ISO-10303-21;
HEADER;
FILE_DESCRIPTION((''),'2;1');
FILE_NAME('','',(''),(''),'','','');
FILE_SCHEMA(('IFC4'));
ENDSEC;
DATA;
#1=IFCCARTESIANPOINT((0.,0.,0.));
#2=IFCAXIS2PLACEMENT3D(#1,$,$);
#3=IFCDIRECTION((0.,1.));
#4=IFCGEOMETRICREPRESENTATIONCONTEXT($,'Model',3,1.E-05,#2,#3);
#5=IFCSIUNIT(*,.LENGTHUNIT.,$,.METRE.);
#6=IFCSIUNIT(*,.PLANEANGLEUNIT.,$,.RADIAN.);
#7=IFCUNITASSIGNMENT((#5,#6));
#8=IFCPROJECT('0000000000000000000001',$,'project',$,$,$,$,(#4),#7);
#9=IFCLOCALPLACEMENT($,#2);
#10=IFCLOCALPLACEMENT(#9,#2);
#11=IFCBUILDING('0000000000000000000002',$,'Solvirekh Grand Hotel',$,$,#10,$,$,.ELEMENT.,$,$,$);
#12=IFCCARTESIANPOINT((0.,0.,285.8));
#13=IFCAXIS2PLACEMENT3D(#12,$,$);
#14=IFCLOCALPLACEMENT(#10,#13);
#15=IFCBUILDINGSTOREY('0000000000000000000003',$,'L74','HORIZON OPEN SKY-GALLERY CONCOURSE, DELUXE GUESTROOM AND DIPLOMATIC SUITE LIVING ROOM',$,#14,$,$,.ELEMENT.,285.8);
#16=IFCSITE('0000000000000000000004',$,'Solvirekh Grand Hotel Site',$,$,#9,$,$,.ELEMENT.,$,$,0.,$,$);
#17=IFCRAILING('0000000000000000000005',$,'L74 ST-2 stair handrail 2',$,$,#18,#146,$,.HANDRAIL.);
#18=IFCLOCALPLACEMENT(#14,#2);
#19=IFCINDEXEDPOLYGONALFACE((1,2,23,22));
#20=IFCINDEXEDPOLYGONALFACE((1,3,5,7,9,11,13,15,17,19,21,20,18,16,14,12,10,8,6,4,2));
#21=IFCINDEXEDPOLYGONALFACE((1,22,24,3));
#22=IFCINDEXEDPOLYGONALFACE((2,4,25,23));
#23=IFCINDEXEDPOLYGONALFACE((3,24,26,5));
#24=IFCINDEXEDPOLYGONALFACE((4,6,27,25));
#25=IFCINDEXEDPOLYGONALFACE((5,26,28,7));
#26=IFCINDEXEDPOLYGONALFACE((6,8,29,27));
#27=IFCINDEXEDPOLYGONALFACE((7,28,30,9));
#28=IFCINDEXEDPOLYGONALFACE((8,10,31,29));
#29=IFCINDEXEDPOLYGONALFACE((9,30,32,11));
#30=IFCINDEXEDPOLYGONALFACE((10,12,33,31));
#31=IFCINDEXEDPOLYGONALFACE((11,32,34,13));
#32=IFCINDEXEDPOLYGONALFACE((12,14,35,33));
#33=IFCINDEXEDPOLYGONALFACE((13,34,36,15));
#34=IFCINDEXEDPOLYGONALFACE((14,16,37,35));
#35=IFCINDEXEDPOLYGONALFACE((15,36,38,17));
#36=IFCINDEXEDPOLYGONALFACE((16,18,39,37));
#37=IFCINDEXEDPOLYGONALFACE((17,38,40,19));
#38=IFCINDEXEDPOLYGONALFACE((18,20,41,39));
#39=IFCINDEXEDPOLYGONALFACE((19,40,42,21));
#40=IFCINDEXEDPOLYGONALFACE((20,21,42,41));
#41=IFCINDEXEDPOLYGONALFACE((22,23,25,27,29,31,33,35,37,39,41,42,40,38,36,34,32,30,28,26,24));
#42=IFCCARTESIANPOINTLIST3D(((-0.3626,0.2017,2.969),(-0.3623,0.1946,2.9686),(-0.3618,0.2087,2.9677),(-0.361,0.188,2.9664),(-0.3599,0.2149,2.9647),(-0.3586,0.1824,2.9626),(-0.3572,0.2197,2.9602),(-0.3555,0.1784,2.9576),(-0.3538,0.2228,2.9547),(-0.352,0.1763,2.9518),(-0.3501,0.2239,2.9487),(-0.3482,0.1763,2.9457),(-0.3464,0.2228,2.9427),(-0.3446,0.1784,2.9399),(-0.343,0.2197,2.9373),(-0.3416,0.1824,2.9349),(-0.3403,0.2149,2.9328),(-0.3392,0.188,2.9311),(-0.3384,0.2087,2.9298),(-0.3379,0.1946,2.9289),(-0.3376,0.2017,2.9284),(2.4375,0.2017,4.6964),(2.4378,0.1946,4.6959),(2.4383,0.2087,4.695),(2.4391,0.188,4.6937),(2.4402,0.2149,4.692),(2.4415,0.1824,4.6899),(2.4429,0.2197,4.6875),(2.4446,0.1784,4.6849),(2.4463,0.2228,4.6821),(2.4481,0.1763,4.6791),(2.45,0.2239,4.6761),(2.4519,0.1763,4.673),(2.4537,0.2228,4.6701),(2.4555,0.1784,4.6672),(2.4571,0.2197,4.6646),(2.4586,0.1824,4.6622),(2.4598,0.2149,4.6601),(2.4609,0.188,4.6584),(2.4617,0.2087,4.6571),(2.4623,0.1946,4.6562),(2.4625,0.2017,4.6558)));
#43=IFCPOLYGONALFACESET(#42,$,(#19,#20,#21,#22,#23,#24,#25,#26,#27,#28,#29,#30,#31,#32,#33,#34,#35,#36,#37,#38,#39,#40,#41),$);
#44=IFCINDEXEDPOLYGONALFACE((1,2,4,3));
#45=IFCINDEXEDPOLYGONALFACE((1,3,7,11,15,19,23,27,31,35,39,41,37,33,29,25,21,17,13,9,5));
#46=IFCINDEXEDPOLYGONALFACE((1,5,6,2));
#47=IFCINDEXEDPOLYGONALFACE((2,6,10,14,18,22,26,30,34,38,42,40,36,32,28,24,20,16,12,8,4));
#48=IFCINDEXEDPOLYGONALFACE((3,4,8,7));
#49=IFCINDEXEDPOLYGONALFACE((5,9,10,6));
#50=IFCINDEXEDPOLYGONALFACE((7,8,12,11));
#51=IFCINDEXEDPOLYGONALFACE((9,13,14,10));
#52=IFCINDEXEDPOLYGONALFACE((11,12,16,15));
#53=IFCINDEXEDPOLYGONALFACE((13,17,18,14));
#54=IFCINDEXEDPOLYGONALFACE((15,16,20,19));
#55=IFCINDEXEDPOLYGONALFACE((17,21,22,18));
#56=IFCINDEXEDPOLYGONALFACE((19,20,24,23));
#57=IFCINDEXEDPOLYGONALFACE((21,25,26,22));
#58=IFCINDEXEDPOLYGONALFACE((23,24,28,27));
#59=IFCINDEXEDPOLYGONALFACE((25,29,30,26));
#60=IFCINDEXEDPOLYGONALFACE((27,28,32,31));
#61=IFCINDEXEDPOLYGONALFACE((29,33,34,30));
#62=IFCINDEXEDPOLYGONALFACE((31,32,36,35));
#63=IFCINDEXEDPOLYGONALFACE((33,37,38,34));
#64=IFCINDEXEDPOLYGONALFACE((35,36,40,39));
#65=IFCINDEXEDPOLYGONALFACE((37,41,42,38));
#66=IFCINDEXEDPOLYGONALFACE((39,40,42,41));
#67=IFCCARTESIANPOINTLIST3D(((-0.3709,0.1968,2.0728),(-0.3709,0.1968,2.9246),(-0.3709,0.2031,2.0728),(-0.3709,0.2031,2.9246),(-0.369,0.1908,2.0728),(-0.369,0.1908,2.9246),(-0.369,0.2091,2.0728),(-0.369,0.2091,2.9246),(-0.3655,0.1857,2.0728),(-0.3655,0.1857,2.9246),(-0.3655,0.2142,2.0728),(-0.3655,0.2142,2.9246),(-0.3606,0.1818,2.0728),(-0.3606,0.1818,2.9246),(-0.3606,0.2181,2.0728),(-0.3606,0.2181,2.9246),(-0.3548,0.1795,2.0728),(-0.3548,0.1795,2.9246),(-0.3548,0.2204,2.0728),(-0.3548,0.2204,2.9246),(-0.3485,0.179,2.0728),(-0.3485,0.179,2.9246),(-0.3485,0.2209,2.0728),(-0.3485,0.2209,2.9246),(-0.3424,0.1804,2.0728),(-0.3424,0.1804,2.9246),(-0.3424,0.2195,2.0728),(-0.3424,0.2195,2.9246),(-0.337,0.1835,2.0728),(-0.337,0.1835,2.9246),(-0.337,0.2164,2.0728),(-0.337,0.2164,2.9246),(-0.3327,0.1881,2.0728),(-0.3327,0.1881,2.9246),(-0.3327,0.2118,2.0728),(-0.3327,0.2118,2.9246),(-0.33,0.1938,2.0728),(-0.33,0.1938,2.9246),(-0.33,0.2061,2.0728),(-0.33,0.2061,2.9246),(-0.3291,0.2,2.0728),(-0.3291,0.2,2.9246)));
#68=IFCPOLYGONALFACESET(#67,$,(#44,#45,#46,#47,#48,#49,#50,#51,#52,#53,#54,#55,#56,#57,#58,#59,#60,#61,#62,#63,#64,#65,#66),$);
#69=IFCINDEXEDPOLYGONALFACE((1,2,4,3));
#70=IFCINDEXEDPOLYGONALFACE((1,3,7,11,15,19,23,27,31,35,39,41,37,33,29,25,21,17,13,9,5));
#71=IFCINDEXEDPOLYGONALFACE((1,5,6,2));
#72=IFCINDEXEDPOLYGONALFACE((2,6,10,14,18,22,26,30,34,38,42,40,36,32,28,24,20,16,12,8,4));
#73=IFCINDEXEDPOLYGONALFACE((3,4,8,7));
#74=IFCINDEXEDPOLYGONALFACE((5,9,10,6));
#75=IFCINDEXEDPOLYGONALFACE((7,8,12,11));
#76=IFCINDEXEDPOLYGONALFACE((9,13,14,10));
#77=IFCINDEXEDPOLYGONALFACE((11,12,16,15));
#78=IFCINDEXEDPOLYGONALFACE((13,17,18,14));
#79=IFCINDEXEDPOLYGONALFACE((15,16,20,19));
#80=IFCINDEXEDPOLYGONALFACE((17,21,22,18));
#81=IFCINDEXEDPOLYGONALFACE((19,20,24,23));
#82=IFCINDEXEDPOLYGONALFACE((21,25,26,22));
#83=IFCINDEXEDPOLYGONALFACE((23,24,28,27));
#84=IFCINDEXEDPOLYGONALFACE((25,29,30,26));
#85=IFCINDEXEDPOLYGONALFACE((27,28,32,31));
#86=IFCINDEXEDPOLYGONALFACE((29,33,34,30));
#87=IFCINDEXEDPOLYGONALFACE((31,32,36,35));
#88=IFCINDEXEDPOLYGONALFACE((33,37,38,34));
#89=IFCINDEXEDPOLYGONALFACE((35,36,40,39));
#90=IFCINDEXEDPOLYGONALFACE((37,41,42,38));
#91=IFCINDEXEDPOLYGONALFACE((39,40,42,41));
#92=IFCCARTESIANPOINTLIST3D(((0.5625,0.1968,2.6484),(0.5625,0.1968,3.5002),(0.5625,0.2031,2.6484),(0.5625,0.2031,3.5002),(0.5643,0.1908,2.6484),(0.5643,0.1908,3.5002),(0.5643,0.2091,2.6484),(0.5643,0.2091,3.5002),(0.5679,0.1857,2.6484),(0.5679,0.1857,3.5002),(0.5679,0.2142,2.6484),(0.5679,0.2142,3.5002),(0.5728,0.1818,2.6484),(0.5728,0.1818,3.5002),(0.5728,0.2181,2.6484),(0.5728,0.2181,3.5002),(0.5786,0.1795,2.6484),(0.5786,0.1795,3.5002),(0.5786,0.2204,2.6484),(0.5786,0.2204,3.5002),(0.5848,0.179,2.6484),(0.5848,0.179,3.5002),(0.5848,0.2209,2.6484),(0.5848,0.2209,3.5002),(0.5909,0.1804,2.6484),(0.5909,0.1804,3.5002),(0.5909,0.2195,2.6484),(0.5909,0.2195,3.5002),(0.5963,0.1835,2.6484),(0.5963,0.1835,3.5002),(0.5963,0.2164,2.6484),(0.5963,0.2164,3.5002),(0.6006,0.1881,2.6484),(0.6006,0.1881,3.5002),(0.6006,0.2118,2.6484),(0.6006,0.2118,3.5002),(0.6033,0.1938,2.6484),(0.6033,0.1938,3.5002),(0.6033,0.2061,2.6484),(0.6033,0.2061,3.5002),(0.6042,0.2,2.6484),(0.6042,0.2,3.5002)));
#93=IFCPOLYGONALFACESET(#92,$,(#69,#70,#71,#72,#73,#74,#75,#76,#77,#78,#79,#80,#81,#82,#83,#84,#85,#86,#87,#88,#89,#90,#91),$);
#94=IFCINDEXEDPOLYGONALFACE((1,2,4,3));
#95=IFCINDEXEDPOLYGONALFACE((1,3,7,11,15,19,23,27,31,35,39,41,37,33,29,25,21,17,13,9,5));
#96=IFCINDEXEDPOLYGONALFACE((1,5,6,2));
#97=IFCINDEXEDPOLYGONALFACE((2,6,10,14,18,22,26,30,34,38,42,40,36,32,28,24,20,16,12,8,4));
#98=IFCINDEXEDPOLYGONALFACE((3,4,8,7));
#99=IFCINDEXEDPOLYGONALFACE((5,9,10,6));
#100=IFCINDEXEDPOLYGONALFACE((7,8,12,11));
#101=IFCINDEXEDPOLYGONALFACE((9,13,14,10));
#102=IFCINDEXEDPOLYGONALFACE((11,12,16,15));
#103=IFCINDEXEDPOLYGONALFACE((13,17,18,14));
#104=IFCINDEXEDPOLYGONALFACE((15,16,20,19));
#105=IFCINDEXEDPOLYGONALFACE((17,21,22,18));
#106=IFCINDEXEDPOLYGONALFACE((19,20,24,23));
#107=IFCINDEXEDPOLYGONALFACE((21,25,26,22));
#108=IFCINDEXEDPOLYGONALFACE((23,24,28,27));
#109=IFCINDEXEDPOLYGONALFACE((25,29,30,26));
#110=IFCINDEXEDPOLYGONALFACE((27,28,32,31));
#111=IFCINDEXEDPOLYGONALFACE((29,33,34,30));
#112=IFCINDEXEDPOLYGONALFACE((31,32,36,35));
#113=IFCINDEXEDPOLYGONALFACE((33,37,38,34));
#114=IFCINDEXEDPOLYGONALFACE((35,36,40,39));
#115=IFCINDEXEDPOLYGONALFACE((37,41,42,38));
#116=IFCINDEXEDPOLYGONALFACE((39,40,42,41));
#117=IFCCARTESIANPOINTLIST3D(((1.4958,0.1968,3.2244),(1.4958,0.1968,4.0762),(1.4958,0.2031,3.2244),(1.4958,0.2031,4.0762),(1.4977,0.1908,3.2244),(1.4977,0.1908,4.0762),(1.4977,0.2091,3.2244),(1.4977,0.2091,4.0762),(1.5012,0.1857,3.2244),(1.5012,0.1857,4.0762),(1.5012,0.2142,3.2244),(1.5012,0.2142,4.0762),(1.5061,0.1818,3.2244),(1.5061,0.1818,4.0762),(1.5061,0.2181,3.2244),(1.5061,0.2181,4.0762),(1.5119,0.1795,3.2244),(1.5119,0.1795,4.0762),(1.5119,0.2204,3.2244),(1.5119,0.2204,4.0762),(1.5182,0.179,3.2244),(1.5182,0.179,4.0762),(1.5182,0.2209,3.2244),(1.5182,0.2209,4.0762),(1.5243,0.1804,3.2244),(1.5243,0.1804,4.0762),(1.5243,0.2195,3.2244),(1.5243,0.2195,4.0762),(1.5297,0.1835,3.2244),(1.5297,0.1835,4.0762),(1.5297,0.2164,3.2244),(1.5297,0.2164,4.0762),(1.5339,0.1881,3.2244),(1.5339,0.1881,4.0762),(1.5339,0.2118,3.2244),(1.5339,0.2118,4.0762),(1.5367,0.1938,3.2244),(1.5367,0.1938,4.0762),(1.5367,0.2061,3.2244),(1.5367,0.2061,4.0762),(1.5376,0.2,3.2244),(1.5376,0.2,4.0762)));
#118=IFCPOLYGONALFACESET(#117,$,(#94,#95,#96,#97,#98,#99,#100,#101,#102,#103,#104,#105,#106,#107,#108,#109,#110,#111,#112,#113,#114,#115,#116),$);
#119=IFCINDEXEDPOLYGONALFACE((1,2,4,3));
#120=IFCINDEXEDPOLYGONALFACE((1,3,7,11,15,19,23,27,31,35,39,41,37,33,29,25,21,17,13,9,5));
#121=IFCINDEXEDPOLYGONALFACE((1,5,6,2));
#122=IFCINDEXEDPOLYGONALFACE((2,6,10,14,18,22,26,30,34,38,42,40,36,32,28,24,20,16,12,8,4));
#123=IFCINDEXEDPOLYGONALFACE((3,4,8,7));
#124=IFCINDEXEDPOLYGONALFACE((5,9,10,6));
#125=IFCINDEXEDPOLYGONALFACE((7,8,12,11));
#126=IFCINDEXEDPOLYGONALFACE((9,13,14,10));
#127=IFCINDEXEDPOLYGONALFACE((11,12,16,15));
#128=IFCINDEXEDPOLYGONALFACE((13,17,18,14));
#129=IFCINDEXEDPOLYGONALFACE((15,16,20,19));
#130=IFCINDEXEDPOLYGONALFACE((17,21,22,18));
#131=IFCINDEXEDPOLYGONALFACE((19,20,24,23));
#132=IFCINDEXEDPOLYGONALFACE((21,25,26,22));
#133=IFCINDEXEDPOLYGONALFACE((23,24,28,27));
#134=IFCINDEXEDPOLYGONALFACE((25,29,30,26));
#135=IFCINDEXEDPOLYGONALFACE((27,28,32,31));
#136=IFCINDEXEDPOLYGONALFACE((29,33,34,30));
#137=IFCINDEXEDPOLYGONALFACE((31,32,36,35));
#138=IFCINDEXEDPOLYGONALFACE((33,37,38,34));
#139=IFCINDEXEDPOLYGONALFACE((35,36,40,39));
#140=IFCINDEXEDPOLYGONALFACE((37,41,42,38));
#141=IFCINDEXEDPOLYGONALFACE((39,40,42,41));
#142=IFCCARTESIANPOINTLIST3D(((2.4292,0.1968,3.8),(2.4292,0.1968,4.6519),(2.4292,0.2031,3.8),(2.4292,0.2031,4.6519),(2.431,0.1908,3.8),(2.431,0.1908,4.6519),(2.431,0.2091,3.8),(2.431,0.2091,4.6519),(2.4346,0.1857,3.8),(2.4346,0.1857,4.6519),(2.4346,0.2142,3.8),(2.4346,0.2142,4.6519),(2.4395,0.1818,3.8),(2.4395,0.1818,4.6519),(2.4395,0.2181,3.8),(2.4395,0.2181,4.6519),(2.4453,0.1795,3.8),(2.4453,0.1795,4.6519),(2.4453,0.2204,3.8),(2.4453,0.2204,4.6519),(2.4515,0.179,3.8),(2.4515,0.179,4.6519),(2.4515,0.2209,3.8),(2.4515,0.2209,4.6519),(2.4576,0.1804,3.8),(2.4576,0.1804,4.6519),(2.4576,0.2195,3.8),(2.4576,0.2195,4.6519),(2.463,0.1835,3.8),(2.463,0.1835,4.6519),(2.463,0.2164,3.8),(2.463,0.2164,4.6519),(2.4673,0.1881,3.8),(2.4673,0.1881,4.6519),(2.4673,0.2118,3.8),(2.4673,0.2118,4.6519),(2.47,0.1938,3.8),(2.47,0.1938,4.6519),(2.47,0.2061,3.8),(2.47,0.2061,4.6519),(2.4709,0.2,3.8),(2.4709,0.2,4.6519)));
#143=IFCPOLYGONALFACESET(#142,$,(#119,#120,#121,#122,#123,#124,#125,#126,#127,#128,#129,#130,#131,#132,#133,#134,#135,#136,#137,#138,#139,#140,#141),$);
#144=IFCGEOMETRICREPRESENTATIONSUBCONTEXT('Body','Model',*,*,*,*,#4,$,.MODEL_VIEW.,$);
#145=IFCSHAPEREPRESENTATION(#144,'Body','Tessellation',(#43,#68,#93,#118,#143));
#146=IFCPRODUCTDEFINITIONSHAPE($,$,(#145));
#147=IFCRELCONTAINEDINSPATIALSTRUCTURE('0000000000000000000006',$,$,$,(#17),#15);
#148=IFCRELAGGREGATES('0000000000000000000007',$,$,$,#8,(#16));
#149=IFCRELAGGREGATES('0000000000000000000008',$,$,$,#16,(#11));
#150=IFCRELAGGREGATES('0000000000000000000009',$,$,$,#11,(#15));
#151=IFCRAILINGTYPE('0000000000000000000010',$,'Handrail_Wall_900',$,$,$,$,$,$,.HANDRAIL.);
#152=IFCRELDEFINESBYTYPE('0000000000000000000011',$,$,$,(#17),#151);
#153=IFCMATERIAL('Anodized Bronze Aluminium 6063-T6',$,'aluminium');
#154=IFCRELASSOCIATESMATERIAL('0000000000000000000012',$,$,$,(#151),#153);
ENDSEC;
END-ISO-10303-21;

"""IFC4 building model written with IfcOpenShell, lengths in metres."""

from ifc_helpers import new_model, si_unit, direction, frame, origin, origin_2d, place, context, subcontext, project, spatial, circle, extrude, material, type_object, element, save


model = new_model("IFC4")

# Units and contexts
model_context = context("Model", 3, precision=1e-05, world=origin(), true_north=direction((0.0, 1.0)))
body_context = subcontext(model_context, "Body", "Model", "MODEL_VIEW")
ifc_project = project(units=[si_unit("LENGTHUNIT", "METRE"), si_unit("PLANEANGLEUNIT", "RADIAN")], contexts=[model_context])

# Site, building, storey
site_placement = place(None, origin())
site = spatial("IfcSite", under=ifc_project, at=site_placement, Name="Solvirekh Grand Hotel Site", CompositionType="ELEMENT", RefElevation=0.0)
building_placement = place(site_placement, origin())
building = spatial("IfcBuilding", under=site, at=building_placement, Name="Solvirekh Grand Hotel", CompositionType="ELEMENT")
storey_placement = place(building_placement, frame((0.0, 0.0, 285.8)))
storey = spatial("IfcBuildingStorey", under=building, at=storey_placement, Name="L74", Description="HORIZON OPEN SKY-GALLERY CONCOURSE, DELUXE GUESTROOM AND DIPLOMATIC SUITE LIVING ROOM", CompositionType="ELEMENT", Elevation=285.8)

# Railing
ifc_material_1 = material(Name="Anodized Bronze Aluminium 6063-T6", Category="aluminium")
railing_type_1 = type_object("IfcRailingType", Name="Handrail_Wall_900", PredefinedType="HANDRAIL", material=ifc_material_1)
railing_1_placement = place(storey_placement, frame((-0.3501, 0.2, 2.0728)))
element("IfcRailing", 1, at=railing_1_placement, inside=storey, type_object=railing_type_1, Name="L74 ST-2 stair handrail 2", PredefinedType="HANDRAIL", context=body_context, shape_type="SweptSolid", body=[
    extrude(circle(Radius=0.0239, at=origin_2d()), frame((0.0, 0.0, 0.876), z_axis=(0.85109, 0.0, 0.52502), x_axis=(0.0, 1.0, 0.0)), (0.0, 0.0, 1.0), 3.29),
    extrude(circle(Radius=0.021, at=origin_2d()), origin(), (0.0, 0.0, 1.0), 0.8518),
    extrude(circle(Radius=0.021, at=origin_2d()), frame((0.9333, 0.0, 0.5757)), (0.0, 0.0, 1.0), 0.8518),
    extrude(circle(Radius=0.021, at=origin_2d()), frame((1.8667, 0.0, 1.1516)), (0.0, 0.0, 1.0), 0.8518),
    extrude(circle(Radius=0.021, at=origin_2d()), frame((2.8, 0.0, 1.7273)), (0.0, 0.0, 1.0), 0.8518),
])

save(model, "model.ifc")
